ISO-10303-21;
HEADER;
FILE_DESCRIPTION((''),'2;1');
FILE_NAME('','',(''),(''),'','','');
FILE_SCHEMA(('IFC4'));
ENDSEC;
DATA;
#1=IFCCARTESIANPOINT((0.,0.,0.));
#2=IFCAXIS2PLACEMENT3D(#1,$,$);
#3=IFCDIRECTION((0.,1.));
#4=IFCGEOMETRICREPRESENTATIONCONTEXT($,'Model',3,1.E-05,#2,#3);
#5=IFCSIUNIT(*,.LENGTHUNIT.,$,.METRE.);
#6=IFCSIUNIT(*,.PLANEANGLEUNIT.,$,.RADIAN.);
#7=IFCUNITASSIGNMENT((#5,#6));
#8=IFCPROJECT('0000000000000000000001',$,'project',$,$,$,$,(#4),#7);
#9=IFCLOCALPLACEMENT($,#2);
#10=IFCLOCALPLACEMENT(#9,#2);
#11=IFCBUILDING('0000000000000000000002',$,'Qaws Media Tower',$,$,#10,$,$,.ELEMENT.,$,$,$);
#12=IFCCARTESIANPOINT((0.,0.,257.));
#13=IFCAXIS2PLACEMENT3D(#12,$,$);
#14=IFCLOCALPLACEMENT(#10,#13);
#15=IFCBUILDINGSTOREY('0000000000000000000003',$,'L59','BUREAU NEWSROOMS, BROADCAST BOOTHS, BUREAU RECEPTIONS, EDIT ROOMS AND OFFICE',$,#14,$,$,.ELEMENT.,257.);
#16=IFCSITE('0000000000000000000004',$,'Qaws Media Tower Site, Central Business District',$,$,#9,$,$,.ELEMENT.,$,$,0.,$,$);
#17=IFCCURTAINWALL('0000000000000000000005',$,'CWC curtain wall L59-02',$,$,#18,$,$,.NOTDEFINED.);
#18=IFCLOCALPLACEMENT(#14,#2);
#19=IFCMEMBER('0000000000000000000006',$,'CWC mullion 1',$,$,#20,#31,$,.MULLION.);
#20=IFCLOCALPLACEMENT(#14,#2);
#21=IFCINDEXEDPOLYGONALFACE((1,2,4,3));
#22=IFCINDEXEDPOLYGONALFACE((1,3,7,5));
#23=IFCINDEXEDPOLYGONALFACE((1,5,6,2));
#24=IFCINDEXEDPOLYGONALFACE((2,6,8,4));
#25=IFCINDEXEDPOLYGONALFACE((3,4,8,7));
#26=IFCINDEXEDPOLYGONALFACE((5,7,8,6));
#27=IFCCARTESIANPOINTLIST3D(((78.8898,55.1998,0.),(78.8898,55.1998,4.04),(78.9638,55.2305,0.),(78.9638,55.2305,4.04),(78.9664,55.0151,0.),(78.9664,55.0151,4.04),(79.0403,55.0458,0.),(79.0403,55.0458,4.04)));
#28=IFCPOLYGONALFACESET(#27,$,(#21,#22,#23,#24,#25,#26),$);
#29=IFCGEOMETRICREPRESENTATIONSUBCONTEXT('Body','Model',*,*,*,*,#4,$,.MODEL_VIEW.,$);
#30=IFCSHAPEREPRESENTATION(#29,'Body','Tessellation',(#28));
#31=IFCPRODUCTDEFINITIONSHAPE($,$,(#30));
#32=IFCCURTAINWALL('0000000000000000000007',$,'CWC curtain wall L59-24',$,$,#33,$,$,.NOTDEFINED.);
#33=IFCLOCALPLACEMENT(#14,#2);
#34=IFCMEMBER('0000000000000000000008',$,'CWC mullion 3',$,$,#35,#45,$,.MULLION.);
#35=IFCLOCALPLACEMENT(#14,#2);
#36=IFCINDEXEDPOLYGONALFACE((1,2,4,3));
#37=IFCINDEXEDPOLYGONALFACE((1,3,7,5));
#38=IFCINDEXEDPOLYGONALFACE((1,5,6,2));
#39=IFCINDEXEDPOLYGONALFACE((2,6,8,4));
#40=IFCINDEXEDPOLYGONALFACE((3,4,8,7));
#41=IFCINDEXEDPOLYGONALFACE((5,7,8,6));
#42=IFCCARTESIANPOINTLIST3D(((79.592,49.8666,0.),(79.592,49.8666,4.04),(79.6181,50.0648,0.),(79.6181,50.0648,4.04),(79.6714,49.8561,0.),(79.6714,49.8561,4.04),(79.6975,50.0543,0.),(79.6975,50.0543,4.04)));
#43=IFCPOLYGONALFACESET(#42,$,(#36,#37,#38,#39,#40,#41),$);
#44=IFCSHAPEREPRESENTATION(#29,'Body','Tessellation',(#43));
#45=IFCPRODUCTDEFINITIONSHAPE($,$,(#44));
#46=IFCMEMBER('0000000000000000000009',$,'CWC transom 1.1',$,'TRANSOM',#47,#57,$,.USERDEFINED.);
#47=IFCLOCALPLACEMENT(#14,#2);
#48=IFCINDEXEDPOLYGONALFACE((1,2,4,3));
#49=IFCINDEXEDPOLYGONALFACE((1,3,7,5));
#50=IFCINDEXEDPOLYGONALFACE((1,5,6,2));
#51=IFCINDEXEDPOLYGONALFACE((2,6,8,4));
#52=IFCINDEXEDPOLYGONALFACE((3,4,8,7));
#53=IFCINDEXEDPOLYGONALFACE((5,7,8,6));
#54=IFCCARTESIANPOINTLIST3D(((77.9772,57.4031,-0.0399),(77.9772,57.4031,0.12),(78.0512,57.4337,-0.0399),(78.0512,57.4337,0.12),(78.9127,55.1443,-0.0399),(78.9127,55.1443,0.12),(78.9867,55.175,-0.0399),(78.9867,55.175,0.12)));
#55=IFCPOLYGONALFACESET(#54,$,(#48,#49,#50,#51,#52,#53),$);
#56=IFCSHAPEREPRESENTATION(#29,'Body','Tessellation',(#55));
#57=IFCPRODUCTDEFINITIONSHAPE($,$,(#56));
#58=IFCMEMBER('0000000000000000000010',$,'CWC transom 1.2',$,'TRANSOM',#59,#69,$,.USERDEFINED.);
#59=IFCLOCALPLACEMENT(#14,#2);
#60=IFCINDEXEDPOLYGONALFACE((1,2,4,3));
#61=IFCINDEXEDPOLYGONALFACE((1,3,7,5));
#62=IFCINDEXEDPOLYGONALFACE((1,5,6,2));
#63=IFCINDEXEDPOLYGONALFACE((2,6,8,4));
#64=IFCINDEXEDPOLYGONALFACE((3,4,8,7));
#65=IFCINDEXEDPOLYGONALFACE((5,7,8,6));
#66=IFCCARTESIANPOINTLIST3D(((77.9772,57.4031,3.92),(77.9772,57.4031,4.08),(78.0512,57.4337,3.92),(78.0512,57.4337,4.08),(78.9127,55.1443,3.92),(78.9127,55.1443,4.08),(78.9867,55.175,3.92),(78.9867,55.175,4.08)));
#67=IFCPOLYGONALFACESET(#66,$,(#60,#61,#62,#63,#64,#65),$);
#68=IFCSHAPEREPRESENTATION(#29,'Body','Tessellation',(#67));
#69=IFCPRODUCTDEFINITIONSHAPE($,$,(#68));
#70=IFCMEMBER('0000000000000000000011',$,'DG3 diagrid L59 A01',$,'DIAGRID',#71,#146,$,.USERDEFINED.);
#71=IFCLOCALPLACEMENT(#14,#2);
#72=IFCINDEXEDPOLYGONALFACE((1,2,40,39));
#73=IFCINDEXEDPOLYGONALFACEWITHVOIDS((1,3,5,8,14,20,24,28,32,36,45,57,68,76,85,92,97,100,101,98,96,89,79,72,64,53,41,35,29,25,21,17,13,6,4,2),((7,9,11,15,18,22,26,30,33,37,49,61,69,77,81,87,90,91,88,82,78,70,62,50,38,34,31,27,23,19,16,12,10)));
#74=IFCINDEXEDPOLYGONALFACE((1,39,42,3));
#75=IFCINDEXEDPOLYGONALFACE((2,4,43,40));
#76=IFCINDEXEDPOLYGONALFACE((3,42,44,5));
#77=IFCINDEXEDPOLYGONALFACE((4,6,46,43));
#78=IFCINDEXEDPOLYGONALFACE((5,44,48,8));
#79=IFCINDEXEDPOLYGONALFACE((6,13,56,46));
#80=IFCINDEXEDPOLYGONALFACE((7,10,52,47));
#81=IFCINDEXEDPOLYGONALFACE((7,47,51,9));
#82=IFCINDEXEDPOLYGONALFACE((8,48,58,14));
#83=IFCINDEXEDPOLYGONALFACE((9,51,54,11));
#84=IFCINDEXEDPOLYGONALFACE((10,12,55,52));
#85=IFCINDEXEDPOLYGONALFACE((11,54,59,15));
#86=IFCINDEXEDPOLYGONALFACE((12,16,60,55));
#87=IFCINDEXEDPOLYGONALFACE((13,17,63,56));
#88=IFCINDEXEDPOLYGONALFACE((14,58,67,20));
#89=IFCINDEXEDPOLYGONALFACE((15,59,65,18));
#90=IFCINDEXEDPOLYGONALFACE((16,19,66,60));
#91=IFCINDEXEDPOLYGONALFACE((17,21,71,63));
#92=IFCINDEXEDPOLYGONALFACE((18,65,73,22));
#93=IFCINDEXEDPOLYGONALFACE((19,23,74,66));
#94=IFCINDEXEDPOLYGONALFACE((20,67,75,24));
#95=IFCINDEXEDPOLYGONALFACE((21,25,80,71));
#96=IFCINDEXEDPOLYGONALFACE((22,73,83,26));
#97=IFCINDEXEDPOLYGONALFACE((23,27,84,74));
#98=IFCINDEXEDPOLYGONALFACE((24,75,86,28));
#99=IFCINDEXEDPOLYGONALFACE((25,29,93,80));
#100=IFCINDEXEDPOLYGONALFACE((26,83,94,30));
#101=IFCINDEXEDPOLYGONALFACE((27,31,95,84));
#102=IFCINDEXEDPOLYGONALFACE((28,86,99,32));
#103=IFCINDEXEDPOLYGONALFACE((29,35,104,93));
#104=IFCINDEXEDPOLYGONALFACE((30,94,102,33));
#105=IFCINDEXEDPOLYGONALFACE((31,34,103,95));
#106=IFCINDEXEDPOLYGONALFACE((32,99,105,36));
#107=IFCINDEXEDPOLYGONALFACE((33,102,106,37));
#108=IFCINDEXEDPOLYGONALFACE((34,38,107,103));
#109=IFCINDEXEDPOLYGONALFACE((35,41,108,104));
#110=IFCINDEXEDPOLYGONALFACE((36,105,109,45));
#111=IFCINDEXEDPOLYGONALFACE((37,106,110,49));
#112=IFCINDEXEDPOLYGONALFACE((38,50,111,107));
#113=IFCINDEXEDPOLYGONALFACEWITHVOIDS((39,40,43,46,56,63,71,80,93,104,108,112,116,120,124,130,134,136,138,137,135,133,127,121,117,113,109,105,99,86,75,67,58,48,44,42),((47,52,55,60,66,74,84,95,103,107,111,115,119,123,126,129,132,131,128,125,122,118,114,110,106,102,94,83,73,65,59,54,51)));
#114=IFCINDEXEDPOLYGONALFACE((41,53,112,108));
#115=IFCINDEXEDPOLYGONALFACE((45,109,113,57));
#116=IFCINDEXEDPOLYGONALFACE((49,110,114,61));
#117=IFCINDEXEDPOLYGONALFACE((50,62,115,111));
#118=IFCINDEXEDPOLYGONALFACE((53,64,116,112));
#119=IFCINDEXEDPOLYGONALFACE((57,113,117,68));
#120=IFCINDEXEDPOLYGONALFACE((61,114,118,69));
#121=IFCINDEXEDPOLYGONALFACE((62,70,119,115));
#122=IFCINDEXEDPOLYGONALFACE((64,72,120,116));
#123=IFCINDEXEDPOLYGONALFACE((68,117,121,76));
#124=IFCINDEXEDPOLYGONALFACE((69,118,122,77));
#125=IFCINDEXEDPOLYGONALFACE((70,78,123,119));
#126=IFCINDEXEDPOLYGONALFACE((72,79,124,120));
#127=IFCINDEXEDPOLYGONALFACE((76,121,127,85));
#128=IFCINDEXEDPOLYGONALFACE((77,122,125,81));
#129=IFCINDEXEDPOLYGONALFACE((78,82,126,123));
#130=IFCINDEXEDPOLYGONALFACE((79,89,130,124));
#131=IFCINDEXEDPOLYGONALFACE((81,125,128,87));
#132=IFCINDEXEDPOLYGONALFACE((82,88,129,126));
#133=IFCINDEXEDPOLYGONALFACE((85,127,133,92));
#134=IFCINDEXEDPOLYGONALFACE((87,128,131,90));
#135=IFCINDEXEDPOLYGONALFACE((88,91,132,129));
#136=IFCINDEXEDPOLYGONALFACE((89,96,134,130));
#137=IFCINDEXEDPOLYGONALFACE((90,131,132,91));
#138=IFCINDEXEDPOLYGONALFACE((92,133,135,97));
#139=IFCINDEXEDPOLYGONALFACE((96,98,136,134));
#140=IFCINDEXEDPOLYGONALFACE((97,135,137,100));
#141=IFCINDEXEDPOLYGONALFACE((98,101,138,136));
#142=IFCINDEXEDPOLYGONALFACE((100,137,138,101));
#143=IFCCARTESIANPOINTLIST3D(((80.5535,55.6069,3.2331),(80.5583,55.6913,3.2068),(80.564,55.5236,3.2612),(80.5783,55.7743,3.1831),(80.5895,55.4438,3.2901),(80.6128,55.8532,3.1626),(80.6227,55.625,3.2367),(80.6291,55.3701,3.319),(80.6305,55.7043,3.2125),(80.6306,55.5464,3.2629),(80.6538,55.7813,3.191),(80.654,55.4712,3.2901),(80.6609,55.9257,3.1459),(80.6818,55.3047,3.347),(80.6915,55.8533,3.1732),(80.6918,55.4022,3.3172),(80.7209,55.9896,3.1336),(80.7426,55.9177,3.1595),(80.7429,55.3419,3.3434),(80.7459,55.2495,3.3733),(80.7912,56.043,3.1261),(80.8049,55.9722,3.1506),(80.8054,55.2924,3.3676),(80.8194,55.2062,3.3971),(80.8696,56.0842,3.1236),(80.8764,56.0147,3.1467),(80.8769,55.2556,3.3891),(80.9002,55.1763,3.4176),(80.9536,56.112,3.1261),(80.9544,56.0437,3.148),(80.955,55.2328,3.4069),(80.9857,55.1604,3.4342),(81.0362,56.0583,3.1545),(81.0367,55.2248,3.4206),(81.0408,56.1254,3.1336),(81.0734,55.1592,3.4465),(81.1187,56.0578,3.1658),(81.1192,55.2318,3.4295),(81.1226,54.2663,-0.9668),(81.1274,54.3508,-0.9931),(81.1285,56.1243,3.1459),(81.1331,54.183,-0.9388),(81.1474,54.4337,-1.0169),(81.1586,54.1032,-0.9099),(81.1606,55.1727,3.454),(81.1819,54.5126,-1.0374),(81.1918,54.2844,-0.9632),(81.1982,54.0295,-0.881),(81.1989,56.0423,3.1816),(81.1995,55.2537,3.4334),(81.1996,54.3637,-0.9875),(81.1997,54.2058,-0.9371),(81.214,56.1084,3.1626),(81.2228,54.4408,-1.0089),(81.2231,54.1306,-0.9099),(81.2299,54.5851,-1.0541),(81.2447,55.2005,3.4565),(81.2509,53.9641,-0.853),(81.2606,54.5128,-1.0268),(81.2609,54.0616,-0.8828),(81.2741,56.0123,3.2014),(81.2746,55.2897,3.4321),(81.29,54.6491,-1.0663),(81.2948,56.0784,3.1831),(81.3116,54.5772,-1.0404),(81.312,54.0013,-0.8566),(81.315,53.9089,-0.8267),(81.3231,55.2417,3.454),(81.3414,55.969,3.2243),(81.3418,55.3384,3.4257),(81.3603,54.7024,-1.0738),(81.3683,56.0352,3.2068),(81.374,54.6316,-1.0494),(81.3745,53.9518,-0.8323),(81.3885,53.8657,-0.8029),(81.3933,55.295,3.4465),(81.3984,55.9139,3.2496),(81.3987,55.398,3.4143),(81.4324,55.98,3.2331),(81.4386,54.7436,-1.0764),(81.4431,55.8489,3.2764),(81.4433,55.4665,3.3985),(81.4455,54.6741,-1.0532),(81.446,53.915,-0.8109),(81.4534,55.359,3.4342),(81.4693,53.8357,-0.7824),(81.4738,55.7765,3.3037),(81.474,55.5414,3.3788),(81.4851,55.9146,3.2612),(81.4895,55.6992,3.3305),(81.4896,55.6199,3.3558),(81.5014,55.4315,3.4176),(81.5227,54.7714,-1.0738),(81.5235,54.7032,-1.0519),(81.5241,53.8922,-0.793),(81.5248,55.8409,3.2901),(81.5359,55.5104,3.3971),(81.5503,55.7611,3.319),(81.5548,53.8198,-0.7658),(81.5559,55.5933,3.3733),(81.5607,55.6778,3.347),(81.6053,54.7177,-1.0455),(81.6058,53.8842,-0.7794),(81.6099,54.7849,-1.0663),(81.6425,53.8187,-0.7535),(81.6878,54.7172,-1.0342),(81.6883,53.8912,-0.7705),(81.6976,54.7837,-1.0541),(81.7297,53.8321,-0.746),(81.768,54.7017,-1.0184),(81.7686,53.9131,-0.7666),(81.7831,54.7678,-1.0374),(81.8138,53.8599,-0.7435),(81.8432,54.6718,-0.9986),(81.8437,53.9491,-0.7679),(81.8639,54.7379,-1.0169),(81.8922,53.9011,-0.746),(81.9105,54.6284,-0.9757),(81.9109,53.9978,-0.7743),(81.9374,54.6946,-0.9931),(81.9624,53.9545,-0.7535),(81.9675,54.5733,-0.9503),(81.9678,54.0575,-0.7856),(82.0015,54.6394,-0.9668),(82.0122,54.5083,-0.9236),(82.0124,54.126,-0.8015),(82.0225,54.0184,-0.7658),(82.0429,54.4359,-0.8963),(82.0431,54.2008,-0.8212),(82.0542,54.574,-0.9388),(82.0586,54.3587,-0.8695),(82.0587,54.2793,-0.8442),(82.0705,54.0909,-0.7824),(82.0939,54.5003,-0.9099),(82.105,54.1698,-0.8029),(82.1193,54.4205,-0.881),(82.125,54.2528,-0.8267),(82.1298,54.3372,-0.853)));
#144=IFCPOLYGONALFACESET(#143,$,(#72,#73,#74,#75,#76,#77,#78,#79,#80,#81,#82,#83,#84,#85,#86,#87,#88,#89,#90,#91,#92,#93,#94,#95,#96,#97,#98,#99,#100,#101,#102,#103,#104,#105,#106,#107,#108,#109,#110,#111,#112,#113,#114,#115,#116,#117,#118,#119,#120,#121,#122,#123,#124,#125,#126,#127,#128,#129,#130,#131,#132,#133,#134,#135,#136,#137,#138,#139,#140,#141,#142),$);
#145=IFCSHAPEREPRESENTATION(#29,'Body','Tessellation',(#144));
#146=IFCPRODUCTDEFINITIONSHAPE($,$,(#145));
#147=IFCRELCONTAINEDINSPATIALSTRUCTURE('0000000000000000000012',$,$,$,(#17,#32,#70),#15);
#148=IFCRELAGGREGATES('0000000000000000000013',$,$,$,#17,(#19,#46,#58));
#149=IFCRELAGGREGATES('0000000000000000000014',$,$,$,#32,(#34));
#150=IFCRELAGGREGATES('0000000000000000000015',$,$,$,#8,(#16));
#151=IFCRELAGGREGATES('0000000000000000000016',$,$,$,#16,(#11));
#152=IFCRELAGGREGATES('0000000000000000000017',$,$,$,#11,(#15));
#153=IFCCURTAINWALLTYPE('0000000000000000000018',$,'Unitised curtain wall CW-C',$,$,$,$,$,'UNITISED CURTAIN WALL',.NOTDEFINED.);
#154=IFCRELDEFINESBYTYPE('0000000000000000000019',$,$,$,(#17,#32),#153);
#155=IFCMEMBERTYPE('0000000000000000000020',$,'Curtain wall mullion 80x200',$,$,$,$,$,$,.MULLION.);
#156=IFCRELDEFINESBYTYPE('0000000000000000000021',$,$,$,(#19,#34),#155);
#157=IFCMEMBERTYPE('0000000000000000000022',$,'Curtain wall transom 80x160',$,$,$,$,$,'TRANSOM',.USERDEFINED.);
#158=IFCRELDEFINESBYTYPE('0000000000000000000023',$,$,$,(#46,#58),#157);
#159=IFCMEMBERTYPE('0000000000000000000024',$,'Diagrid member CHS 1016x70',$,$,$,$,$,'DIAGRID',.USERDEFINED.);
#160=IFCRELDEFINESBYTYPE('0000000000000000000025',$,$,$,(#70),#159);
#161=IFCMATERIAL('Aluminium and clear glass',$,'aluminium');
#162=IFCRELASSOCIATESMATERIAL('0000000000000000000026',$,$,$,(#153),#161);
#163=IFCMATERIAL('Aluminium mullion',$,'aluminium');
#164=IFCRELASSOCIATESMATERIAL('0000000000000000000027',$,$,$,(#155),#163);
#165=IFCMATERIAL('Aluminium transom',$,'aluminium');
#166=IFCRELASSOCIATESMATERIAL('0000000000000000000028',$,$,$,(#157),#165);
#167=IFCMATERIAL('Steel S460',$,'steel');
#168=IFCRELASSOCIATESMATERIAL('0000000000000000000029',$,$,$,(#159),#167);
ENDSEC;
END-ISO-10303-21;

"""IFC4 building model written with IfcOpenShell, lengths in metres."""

from ifc_helpers import new_model, si_unit, direction, frame, origin, origin_2d, place, context, subcontext, project, spatial, rectangle, hollow_circle, extrude, material, material_profile, profile_set, type_object, element, aggregate, save


model = new_model("IFC4")

# Units and contexts
model_context = context("Model", 3, precision=1e-05, world=origin(), true_north=direction((0.0, 1.0)))
body_context = subcontext(model_context, "Body", "Model", "MODEL_VIEW")
ifc_project = project(units=[si_unit("LENGTHUNIT", "METRE"), si_unit("PLANEANGLEUNIT", "RADIAN")], contexts=[model_context])

# Site, building, storey
site_placement = place(None, origin())
site = spatial("IfcSite", under=ifc_project, at=site_placement, Name="Qaws Media Tower Site, Central Business District", CompositionType="ELEMENT", RefElevation=0.0)
building_placement = place(site_placement, origin())
building = spatial("IfcBuilding", under=site, at=building_placement, Name="Qaws Media Tower", CompositionType="ELEMENT")
storey_placement = place(building_placement, frame((0.0, 0.0, 257.0)))
storey = spatial("IfcBuildingStorey", under=building, at=storey_placement, Name="L59", Description="BUREAU NEWSROOMS, BROADCAST BOOTHS, BUREAU RECEPTIONS, EDIT ROOMS AND OFFICE", CompositionType="ELEMENT", Elevation=257.0)

# Curtain walls, members
ifc_material_1 = material(Name="Aluminium and clear glass", Category="aluminium")
curtain_wall_type = type_object("IfcCurtainWallType", Name="Unitised curtain wall CW-C", ElementType="UNITISED CURTAIN WALL", PredefinedType="NOTDEFINED", material=ifc_material_1)
curtain_wall_1_placement = place(storey_placement, origin())
curtain_wall_1 = element("IfcCurtainWall", 1, at=curtain_wall_1_placement, inside=storey, type_object=curtain_wall_type, Name="CWC curtain wall L59-02", PredefinedType="NOTDEFINED")
ifc_material_2 = material(Name="Aluminium mullion", Category="aluminium")
ifc_material_profile_1 = material_profile(ifc_material_2, rectangle(XDim=0.0801, YDim=0.2, at=origin_2d()), Name="80x200")
ifc_profile_set_1 = profile_set([ifc_material_profile_1], Name="Aluminium mullion")
member_type_1 = type_object("IfcMemberType", Name="Curtain wall mullion 80x200", PredefinedType="MULLION", material=ifc_profile_set_1)
member_1_placement = place(storey_placement, frame((78.9651, 55.1228, 0.0), z_axis=(0.0, 0.0, 1.0), x_axis=(-0.92388, -0.382683, 0.0)))
member_1 = element("IfcMember", 2, at=member_1_placement, type_object=member_type_1, Name="CWC mullion 1", PredefinedType="MULLION", context=body_context, shape_type="SweptSolid", body=[
    extrude(rectangle(XDim=0.0801, YDim=0.2, at=origin_2d()), origin(), (0.0, 0.0, 1.0), 4.04),
])
curtain_wall_2_placement = place(storey_placement, origin())
curtain_wall_2 = element("IfcCurtainWall", 3, at=curtain_wall_2_placement, inside=storey, type_object=curtain_wall_type, Name="CWC curtain wall L59-24", PredefinedType="NOTDEFINED")
member_2_placement = place(storey_placement, frame((79.6448, 49.9604, 0.0), z_axis=(0.0, 0.0, 1.0), x_axis=(-0.991445, 0.130526, 0.0)))
member_2 = element("IfcMember", 4, at=member_2_placement, type_object=member_type_1, Name="CWC mullion 3", PredefinedType="MULLION", context=body_context, shape_type="SweptSolid", body=[
    extrude(rectangle(XDim=0.0801, YDim=0.2, at=origin_2d()), origin(), (0.0, 0.0, 1.0), 4.04),
])

# Members
ifc_material_3 = material(Name="Aluminium transom", Category="aluminium")
ifc_material_profile_2 = material_profile(ifc_material_3, rectangle(XDim=0.0801, YDim=0.1599, at=origin_2d()), Name="80x160")
ifc_profile_set_2 = profile_set([ifc_material_profile_2], Name="Aluminium transom")
member_type_2 = type_object("IfcMemberType", Name="Curtain wall transom 80x160", ElementType="TRANSOM", PredefinedType="USERDEFINED", material=ifc_profile_set_2)
member_3_placement = place(storey_placement, frame((78.9497, 55.1597, 0.04), z_axis=(-0.382658, 0.92389, 0.0), x_axis=(-0.92389, -0.382658, 0.0)))
member_3 = element("IfcMember", 5, at=member_3_placement, type_object=member_type_2, Name="CWC transom 1.1", ObjectType="TRANSOM", PredefinedType="USERDEFINED", context=body_context, shape_type="SweptSolid", body=[
    extrude(rectangle(XDim=0.0801, YDim=0.1599, at=origin_2d()), origin(), (0.0, 0.0, 1.0), 2.4448),
])
member_4_placement = place(storey_placement, frame((78.9497, 55.1597, 4.0), z_axis=(-0.382658, 0.92389, 0.0), x_axis=(-0.92389, -0.382658, 0.0)))
member_4 = element("IfcMember", 6, at=member_4_placement, type_object=member_type_2, Name="CWC transom 1.2", ObjectType="TRANSOM", PredefinedType="USERDEFINED", context=body_context, shape_type="SweptSolid", body=[
    extrude(rectangle(XDim=0.0801, YDim=0.1599, at=origin_2d()), origin(), (0.0, 0.0, 1.0), 2.4448),
])
aggregate(curtain_wall_1, [member_1, member_3, member_4])

# Member
ifc_material_4 = material(Name="Steel S460", Category="steel")
ifc_material_profile_3 = material_profile(ifc_material_4, hollow_circle(Radius=0.5081, WallThickness=0.0701, at=origin_2d()), Name="CHS 1016x70")
ifc_profile_set_3 = profile_set([ifc_material_profile_3], Name="Steel S460")
member_type_3 = type_object("IfcMemberType", Name="Diagrid member CHS 1016x70", ElementType="DIAGRID", PredefinedType="USERDEFINED", material=ifc_profile_set_3)
for number, where, z_axis, x_axis, name in (
    (7, (81.6262, 54.3018, -0.9099), (-0.128021, 0.301572, 0.944809), (-0.920492, -0.390761, 0.0), "DG3 diagrid L59 A01"),
):
    element("IfcMember", number, at=place(storey_placement, frame(where, z_axis=z_axis, x_axis=x_axis)), inside=storey, type_object=member_type_3, Name=name, ObjectType="DIAGRID", PredefinedType="USERDEFINED", context=body_context, shape_type="SweptSolid", body=[
        extrude(hollow_circle(Radius=0.5081, WallThickness=0.0701, at=origin_2d()), origin(), (0.0, 0.0, 1.0), 4.4453),
    ])

aggregate(curtain_wall_2, [member_2])

save(model, "model.ifc")
